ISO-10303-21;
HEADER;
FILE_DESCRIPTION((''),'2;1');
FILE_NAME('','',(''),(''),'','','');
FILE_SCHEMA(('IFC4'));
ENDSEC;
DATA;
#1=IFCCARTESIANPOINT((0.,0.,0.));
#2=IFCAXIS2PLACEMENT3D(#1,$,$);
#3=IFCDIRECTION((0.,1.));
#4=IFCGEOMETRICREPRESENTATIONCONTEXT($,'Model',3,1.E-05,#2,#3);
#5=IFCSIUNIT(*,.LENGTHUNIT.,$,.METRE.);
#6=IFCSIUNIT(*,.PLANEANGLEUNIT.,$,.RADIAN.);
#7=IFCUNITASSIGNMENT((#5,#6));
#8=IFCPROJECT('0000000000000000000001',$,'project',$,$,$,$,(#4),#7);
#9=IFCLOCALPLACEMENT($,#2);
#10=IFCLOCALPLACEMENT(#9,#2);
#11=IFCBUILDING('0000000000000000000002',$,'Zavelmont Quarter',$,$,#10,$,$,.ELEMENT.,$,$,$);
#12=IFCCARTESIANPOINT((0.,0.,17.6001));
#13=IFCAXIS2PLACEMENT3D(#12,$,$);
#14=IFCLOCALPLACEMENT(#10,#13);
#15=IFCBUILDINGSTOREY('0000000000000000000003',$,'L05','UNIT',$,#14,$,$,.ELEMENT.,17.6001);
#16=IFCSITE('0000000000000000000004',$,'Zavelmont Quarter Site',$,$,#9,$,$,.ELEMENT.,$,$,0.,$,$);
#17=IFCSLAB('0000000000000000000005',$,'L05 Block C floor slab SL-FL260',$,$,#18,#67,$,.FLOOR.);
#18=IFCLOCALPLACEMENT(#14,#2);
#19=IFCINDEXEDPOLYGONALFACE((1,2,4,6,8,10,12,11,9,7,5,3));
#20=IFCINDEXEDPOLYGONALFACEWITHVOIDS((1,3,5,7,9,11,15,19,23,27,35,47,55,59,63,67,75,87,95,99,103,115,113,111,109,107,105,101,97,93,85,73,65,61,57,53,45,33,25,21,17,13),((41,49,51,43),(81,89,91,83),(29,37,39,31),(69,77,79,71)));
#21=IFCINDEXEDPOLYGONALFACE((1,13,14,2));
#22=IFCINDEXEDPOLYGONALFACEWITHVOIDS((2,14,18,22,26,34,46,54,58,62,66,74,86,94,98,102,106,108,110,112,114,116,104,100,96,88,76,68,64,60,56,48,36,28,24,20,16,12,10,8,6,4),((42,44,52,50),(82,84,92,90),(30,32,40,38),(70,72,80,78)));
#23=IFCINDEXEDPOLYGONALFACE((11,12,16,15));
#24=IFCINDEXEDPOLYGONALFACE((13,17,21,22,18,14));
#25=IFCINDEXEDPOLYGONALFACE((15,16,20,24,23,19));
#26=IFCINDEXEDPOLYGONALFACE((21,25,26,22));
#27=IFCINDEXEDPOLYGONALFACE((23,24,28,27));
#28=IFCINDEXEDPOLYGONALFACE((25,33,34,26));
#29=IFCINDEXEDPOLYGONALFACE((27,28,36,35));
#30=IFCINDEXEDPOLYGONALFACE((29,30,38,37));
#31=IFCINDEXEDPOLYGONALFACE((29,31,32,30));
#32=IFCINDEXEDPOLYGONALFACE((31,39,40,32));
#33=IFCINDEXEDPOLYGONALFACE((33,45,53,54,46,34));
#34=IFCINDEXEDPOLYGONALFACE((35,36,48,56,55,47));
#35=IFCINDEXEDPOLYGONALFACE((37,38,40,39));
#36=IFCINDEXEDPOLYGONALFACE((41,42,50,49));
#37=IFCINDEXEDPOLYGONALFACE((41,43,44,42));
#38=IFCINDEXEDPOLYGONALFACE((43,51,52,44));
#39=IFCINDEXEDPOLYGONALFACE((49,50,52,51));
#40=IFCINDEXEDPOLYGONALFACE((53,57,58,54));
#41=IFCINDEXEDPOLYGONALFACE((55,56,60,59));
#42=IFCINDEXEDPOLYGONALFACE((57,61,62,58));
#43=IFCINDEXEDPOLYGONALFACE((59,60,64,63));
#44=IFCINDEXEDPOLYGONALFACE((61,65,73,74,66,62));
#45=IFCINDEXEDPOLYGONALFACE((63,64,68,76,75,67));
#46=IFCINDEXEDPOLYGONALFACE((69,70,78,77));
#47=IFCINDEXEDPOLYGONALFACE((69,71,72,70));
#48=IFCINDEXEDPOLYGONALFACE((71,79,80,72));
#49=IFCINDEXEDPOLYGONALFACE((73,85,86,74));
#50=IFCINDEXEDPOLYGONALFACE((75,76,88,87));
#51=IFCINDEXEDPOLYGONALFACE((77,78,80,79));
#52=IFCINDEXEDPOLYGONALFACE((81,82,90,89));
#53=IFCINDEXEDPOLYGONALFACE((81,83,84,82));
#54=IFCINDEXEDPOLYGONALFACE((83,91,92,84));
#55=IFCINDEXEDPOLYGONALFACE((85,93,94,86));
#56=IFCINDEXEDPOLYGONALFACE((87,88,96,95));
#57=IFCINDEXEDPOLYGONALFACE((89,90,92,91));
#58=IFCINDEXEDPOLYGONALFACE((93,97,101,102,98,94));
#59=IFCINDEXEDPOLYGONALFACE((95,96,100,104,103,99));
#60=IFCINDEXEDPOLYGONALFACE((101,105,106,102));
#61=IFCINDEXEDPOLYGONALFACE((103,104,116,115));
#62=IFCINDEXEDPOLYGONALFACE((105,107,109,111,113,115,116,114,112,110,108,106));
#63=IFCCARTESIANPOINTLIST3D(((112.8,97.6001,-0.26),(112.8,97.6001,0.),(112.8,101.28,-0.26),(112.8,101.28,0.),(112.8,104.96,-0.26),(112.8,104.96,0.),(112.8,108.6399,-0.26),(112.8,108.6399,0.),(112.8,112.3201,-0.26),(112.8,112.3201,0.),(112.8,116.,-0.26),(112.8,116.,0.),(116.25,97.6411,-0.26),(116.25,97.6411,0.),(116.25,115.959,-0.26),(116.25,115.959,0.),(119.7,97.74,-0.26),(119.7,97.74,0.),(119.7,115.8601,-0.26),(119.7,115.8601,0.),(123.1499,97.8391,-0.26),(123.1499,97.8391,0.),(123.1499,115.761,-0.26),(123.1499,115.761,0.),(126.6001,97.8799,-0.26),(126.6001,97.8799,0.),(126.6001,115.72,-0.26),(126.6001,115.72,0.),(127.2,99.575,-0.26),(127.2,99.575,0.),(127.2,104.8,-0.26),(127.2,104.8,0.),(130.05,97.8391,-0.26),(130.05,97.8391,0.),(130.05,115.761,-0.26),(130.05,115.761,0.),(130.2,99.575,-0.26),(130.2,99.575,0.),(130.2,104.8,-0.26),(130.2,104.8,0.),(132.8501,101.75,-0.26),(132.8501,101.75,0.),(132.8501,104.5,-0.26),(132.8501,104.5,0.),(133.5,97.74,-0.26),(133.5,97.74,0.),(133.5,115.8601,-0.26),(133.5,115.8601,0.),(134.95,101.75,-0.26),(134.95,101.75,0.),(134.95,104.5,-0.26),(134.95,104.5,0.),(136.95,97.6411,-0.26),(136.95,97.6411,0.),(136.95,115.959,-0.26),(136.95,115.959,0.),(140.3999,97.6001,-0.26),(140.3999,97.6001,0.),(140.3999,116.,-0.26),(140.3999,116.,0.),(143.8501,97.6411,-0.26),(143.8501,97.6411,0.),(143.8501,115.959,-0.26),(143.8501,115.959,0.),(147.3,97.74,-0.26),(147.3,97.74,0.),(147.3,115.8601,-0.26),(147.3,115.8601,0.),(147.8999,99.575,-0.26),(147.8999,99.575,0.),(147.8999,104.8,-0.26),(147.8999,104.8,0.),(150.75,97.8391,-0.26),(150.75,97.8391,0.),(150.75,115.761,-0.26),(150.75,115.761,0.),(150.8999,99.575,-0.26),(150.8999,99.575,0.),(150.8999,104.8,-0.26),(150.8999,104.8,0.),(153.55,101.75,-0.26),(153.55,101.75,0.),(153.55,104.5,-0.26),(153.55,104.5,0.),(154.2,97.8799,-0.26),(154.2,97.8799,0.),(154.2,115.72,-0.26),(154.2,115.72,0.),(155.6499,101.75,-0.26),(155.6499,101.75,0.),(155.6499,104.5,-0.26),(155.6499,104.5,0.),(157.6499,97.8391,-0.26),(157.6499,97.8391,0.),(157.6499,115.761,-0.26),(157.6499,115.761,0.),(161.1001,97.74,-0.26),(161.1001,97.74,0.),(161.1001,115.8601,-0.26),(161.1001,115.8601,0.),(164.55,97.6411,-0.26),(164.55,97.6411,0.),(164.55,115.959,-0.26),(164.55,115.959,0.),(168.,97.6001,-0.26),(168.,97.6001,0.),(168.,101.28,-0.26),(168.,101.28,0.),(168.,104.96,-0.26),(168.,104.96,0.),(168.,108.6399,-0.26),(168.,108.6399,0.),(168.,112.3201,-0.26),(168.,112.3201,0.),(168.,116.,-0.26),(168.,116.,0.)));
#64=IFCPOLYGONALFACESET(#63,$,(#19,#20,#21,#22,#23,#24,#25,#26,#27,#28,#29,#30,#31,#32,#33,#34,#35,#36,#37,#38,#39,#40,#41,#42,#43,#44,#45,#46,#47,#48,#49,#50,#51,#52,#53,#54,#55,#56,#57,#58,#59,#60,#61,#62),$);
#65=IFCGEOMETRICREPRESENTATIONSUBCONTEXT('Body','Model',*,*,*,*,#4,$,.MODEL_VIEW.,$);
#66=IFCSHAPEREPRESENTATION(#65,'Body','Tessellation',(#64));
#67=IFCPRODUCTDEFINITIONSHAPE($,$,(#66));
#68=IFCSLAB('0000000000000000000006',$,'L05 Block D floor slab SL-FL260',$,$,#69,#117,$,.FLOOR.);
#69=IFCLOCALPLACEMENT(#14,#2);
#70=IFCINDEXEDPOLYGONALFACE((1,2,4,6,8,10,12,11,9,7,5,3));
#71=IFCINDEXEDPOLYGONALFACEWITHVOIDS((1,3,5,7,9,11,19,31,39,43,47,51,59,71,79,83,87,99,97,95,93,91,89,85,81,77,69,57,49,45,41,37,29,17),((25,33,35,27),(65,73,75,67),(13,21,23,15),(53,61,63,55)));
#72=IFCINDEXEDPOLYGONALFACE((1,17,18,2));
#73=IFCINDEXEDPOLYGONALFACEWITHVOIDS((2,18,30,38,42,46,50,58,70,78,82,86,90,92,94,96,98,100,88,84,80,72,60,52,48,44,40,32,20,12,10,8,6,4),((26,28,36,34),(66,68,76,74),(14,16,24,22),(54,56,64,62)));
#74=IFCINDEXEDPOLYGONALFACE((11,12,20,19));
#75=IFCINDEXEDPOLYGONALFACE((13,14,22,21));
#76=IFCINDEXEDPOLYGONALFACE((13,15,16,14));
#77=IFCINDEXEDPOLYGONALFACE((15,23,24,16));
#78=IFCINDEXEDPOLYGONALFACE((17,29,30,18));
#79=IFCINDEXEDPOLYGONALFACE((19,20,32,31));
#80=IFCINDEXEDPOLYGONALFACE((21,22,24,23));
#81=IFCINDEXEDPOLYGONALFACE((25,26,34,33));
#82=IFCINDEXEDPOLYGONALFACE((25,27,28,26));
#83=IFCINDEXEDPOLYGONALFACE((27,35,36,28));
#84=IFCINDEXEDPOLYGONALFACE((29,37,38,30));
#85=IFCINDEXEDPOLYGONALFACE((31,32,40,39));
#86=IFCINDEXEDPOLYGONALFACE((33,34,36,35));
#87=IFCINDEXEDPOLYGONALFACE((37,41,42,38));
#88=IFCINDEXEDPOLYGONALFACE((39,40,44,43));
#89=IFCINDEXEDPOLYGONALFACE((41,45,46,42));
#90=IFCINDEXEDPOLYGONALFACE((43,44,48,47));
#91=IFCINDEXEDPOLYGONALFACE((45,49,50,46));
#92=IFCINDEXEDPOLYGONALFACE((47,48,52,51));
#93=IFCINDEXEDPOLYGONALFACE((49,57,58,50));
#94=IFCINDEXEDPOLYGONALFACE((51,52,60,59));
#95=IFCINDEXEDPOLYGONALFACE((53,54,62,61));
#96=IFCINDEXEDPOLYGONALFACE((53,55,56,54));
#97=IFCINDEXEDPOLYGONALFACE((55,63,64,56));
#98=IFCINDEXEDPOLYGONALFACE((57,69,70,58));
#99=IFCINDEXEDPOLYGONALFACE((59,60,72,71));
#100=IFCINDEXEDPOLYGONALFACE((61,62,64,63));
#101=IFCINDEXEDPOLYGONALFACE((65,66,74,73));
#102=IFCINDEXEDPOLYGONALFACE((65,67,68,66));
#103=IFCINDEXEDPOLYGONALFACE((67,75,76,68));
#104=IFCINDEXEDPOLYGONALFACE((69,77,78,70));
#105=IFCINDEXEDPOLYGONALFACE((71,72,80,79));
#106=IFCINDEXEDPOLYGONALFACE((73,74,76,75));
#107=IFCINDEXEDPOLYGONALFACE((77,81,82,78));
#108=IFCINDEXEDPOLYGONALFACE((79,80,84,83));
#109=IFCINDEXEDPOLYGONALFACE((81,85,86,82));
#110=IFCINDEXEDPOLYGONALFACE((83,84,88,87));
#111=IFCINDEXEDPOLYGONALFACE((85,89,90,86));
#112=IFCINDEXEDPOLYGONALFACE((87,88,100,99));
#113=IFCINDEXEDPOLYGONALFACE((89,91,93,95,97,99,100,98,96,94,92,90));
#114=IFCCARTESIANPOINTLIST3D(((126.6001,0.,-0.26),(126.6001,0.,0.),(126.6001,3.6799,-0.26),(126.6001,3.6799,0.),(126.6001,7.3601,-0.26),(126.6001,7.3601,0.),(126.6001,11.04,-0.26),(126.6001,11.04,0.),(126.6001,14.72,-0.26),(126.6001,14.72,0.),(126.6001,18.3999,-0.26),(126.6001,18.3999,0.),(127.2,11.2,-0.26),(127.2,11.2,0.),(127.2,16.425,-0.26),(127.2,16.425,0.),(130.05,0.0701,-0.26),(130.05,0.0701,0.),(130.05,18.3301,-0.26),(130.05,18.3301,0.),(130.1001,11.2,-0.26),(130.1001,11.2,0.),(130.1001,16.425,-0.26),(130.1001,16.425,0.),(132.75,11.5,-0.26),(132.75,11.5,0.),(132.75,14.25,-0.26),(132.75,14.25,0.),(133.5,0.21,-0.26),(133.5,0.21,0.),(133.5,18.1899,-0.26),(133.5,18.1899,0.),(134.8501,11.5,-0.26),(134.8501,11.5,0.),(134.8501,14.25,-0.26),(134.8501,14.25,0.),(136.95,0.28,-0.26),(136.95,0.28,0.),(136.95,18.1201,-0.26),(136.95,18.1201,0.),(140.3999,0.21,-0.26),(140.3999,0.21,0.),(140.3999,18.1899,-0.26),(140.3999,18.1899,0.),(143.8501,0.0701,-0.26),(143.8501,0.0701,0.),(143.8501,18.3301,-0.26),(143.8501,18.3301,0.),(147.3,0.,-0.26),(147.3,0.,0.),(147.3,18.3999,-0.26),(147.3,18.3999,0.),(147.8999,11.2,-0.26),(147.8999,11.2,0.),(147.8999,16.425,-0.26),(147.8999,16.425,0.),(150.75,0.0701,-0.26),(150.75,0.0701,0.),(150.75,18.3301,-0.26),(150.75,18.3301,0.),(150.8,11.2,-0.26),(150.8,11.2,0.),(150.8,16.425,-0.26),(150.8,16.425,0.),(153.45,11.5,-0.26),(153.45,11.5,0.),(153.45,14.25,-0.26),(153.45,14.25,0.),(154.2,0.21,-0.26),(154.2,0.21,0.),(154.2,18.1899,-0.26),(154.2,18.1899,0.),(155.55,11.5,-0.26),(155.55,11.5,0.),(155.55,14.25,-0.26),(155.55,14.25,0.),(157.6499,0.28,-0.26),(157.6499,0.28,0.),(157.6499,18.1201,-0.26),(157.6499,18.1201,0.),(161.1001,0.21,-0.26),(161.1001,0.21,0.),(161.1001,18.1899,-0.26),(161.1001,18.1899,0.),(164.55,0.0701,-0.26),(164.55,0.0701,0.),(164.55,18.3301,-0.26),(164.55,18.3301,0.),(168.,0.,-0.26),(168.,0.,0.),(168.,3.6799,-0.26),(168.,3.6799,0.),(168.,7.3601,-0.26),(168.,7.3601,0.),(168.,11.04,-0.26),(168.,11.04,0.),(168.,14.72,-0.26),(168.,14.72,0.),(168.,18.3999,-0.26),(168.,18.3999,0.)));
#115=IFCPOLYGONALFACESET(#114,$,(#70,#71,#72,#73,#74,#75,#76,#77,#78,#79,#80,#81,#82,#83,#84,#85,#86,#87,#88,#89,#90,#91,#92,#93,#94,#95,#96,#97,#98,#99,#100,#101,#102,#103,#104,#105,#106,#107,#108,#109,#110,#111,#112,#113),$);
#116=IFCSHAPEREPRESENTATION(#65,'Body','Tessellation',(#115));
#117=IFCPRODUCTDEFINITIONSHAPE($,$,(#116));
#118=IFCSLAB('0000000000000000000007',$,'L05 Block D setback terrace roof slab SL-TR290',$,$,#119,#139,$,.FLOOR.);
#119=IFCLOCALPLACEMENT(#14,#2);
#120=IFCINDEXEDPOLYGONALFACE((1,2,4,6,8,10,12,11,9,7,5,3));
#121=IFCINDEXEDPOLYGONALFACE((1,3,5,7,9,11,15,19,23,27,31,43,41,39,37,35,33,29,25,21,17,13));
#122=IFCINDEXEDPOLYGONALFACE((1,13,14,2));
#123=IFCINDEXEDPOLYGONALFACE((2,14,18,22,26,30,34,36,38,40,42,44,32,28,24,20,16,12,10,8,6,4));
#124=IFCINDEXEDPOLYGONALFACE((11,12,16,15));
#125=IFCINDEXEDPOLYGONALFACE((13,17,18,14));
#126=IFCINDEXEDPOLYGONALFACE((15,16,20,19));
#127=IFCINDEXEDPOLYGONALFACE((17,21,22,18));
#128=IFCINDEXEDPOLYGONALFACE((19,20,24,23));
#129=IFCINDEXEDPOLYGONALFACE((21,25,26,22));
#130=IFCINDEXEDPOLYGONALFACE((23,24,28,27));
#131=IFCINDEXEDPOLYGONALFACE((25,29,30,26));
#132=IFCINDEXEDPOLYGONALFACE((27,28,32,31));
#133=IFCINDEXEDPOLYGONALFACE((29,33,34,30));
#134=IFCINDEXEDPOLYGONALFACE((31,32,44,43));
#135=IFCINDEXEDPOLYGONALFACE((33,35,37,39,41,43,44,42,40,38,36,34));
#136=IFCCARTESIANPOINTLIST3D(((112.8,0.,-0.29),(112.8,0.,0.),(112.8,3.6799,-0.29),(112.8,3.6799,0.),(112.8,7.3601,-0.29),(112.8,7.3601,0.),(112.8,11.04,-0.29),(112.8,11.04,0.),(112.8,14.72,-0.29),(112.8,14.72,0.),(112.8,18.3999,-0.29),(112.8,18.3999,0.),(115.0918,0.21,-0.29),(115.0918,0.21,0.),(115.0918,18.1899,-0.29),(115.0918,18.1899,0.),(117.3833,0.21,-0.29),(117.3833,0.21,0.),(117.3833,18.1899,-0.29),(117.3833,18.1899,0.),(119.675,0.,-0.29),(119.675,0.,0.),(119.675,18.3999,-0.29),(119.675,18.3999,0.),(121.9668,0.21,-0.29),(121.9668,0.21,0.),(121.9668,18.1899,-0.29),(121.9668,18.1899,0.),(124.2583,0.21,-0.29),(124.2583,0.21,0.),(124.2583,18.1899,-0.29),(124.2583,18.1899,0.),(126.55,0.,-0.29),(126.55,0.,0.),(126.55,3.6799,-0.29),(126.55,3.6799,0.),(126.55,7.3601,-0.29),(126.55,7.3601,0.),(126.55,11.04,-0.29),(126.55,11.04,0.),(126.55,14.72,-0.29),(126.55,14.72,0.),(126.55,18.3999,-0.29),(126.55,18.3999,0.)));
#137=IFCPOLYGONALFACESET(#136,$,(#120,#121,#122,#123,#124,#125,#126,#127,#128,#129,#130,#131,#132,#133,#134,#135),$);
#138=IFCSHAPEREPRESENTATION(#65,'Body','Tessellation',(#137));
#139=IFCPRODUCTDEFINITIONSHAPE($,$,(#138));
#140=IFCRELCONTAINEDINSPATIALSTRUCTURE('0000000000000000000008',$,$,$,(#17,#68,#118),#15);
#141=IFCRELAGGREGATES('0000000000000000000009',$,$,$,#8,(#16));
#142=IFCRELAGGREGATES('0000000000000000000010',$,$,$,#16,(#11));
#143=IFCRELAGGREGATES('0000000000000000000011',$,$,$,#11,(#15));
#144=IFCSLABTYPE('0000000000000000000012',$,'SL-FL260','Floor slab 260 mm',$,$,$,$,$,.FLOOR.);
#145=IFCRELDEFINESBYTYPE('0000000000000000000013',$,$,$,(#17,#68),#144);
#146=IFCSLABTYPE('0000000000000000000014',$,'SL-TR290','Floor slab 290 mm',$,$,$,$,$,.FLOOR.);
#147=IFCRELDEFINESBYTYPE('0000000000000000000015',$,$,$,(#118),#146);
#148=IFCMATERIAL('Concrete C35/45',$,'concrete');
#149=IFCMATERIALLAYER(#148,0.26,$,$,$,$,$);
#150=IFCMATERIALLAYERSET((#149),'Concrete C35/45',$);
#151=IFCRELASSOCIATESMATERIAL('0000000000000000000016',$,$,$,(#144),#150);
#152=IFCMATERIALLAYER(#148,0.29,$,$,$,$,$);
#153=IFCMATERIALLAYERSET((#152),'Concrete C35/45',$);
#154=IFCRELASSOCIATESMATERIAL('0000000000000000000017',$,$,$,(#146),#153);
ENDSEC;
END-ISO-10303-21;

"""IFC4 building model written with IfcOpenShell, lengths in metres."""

from ifc_helpers import new_model, si_unit, direction, frame, origin, place, context, subcontext, project, spatial, polyline, outline, extrude, material, layer, layer_set, type_object, element, save


model = new_model("IFC4")

# Units and contexts
model_context = context("Model", 3, precision=1e-05, world=origin(), true_north=direction((0.0, 1.0)))
body_context = subcontext(model_context, "Body", "Model", "MODEL_VIEW")
ifc_project = project(units=[si_unit("LENGTHUNIT", "METRE"), si_unit("PLANEANGLEUNIT", "RADIAN")], contexts=[model_context])

# Site, building, storey
site_placement = place(None, origin())
site = spatial("IfcSite", under=ifc_project, at=site_placement, Name="Zavelmont Quarter Site", CompositionType="ELEMENT", RefElevation=0.0)
building_placement = place(site_placement, origin())
building = spatial("IfcBuilding", under=site, at=building_placement, Name="Zavelmont Quarter", CompositionType="ELEMENT")
storey_placement = place(building_placement, frame((0.0, 0.0, 17.6001)))
storey = spatial("IfcBuildingStorey", under=building, at=storey_placement, Name="L05", Description="UNIT", CompositionType="ELEMENT", Elevation=17.6001)

# Shared definitions
ifc_material_1 = material(Name="Concrete C35/45", Category="concrete")

# Slabs
ifc_layer_1 = layer(ifc_material_1, 0.26)
ifc_layer_set_1 = layer_set([ifc_layer_1], Name="Concrete C35/45")
slab_type_1 = type_object("IfcSlabType", Name="SL-FL260", Description="Floor slab 260 mm", PredefinedType="FLOOR", material=ifc_layer_set_1)
slab_1_placement = place(storey_placement, frame((0.0, 0.0, -0.26)))
element("IfcSlab", 1, at=slab_1_placement, inside=storey, type_object=slab_type_1, Name="L05 Block C floor slab SL-FL260", PredefinedType="FLOOR", context=body_context, shape_type="SweptSolid", body=[
    extrude(outline(polyline([(112.8, 97.6001), (116.25, 97.6411), (119.7, 97.74), (123.1499, 97.8391), (126.6001, 97.8799), (130.05, 97.8391), (133.5, 97.74), (136.95, 97.6411), (140.3999, 97.6001), (143.8501, 97.6411), (147.3, 97.74), (150.75, 97.8391), (154.2, 97.8799), (157.6499, 97.8391), (161.1001, 97.74), (164.55, 97.6411), (168.0, 97.6001), (168.0, 101.28), (168.0, 104.96), (168.0, 108.6399), (168.0, 112.3201), (168.0, 116.0), (164.55, 115.959), (161.1001, 115.8601), (157.6499, 115.761), (154.2, 115.72), (150.75, 115.761), (147.3, 115.8601), (143.8501, 115.959), (140.3999, 116.0), (136.95, 115.959), (133.5, 115.8601), (130.05, 115.761), (126.6001, 115.72), (123.1499, 115.761), (119.7, 115.8601), (116.25, 115.959), (112.8, 116.0), (112.8, 112.3201), (112.8, 108.6399), (112.8, 104.96), (112.8, 101.28), (112.8, 97.6001)]), holes=[polyline([(130.2, 99.575), (130.2, 104.8), (127.2, 104.8), (127.2, 99.575), (130.2, 99.575)]), polyline([(132.8501, 101.75), (134.95, 101.75), (134.95, 104.5), (132.8501, 104.5), (132.8501, 101.75)]), polyline([(150.8999, 99.575), (150.8999, 104.8), (147.8999, 104.8), (147.8999, 99.575), (150.8999, 99.575)]), polyline([(153.55, 101.75), (155.6499, 101.75), (155.6499, 104.5), (153.55, 104.5), (153.55, 101.75)])]), origin(), (0.0, 0.0, 1.0), 0.26),
])
slab_2_placement = place(storey_placement, frame((0.0, 0.0, -0.26)))
element("IfcSlab", 2, at=slab_2_placement, inside=storey, type_object=slab_type_1, Name="L05 Block D floor slab SL-FL260", PredefinedType="FLOOR", context=body_context, shape_type="SweptSolid", body=[
    extrude(outline(polyline([(126.6001, 0.0), (130.05, 0.0701), (133.5, 0.21), (136.95, 0.28), (140.3999, 0.21), (143.8501, 0.0701), (147.3, 0.0), (150.75, 0.0701), (154.2, 0.21), (157.6499, 0.28), (161.1001, 0.21), (164.55, 0.0701), (168.0, 0.0), (168.0, 3.6799), (168.0, 7.3601), (168.0, 11.04), (168.0, 14.72), (168.0, 18.3999), (164.55, 18.3301), (161.1001, 18.1899), (157.6499, 18.1201), (154.2, 18.1899), (150.75, 18.3301), (147.3, 18.3999), (143.8501, 18.3301), (140.3999, 18.1899), (136.95, 18.1201), (133.5, 18.1899), (130.05, 18.3301), (126.6001, 18.3999), (126.6001, 14.72), (126.6001, 11.04), (126.6001, 7.3601), (126.6001, 3.6799), (126.6001, 0.0)]), holes=[polyline([(127.2, 16.425), (127.2, 11.2), (130.1001, 11.2), (130.1001, 16.425), (127.2, 16.425)]), polyline([(132.75, 11.5), (134.8501, 11.5), (134.8501, 14.25), (132.75, 14.25), (132.75, 11.5)]), polyline([(147.8999, 16.425), (147.8999, 11.2), (150.8, 11.2), (150.8, 16.425), (147.8999, 16.425)]), polyline([(153.45, 11.5), (155.55, 11.5), (155.55, 14.25), (153.45, 14.25), (153.45, 11.5)])]), origin(), (0.0, 0.0, 1.0), 0.26),
])
ifc_layer_2 = layer(ifc_material_1, 0.29)
ifc_layer_set_2 = layer_set([ifc_layer_2], Name="Concrete C35/45")
slab_type_2 = type_object("IfcSlabType", Name="SL-TR290", Description="Floor slab 290 mm", PredefinedType="FLOOR", material=ifc_layer_set_2)
slab_3_placement = place(storey_placement, frame((0.0, 0.0, -0.29)))
element("IfcSlab", 3, at=slab_3_placement, inside=storey, type_object=slab_type_2, Name="L05 Block D setback terrace roof slab SL-TR290", PredefinedType="FLOOR", context=body_context, shape_type="SweptSolid", body=[
    extrude(outline(polyline([(112.8, 0.0), (115.0918, 0.21), (117.3833, 0.21), (119.675, 0.0), (121.9668, 0.21), (124.2583, 0.21), (126.55, 0.0), (126.55, 3.6799), (126.55, 7.3601), (126.55, 11.04), (126.55, 14.72), (126.55, 18.3999), (124.2583, 18.1899), (121.9668, 18.1899), (119.675, 18.3999), (117.3833, 18.1899), (115.0918, 18.1899), (112.8, 18.3999), (112.8, 14.72), (112.8, 11.04), (112.8, 7.3601), (112.8, 3.6799), (112.8, 0.0)])), origin(), (0.0, 0.0, 1.0), 0.29),
])

save(model, "model.ifc")
